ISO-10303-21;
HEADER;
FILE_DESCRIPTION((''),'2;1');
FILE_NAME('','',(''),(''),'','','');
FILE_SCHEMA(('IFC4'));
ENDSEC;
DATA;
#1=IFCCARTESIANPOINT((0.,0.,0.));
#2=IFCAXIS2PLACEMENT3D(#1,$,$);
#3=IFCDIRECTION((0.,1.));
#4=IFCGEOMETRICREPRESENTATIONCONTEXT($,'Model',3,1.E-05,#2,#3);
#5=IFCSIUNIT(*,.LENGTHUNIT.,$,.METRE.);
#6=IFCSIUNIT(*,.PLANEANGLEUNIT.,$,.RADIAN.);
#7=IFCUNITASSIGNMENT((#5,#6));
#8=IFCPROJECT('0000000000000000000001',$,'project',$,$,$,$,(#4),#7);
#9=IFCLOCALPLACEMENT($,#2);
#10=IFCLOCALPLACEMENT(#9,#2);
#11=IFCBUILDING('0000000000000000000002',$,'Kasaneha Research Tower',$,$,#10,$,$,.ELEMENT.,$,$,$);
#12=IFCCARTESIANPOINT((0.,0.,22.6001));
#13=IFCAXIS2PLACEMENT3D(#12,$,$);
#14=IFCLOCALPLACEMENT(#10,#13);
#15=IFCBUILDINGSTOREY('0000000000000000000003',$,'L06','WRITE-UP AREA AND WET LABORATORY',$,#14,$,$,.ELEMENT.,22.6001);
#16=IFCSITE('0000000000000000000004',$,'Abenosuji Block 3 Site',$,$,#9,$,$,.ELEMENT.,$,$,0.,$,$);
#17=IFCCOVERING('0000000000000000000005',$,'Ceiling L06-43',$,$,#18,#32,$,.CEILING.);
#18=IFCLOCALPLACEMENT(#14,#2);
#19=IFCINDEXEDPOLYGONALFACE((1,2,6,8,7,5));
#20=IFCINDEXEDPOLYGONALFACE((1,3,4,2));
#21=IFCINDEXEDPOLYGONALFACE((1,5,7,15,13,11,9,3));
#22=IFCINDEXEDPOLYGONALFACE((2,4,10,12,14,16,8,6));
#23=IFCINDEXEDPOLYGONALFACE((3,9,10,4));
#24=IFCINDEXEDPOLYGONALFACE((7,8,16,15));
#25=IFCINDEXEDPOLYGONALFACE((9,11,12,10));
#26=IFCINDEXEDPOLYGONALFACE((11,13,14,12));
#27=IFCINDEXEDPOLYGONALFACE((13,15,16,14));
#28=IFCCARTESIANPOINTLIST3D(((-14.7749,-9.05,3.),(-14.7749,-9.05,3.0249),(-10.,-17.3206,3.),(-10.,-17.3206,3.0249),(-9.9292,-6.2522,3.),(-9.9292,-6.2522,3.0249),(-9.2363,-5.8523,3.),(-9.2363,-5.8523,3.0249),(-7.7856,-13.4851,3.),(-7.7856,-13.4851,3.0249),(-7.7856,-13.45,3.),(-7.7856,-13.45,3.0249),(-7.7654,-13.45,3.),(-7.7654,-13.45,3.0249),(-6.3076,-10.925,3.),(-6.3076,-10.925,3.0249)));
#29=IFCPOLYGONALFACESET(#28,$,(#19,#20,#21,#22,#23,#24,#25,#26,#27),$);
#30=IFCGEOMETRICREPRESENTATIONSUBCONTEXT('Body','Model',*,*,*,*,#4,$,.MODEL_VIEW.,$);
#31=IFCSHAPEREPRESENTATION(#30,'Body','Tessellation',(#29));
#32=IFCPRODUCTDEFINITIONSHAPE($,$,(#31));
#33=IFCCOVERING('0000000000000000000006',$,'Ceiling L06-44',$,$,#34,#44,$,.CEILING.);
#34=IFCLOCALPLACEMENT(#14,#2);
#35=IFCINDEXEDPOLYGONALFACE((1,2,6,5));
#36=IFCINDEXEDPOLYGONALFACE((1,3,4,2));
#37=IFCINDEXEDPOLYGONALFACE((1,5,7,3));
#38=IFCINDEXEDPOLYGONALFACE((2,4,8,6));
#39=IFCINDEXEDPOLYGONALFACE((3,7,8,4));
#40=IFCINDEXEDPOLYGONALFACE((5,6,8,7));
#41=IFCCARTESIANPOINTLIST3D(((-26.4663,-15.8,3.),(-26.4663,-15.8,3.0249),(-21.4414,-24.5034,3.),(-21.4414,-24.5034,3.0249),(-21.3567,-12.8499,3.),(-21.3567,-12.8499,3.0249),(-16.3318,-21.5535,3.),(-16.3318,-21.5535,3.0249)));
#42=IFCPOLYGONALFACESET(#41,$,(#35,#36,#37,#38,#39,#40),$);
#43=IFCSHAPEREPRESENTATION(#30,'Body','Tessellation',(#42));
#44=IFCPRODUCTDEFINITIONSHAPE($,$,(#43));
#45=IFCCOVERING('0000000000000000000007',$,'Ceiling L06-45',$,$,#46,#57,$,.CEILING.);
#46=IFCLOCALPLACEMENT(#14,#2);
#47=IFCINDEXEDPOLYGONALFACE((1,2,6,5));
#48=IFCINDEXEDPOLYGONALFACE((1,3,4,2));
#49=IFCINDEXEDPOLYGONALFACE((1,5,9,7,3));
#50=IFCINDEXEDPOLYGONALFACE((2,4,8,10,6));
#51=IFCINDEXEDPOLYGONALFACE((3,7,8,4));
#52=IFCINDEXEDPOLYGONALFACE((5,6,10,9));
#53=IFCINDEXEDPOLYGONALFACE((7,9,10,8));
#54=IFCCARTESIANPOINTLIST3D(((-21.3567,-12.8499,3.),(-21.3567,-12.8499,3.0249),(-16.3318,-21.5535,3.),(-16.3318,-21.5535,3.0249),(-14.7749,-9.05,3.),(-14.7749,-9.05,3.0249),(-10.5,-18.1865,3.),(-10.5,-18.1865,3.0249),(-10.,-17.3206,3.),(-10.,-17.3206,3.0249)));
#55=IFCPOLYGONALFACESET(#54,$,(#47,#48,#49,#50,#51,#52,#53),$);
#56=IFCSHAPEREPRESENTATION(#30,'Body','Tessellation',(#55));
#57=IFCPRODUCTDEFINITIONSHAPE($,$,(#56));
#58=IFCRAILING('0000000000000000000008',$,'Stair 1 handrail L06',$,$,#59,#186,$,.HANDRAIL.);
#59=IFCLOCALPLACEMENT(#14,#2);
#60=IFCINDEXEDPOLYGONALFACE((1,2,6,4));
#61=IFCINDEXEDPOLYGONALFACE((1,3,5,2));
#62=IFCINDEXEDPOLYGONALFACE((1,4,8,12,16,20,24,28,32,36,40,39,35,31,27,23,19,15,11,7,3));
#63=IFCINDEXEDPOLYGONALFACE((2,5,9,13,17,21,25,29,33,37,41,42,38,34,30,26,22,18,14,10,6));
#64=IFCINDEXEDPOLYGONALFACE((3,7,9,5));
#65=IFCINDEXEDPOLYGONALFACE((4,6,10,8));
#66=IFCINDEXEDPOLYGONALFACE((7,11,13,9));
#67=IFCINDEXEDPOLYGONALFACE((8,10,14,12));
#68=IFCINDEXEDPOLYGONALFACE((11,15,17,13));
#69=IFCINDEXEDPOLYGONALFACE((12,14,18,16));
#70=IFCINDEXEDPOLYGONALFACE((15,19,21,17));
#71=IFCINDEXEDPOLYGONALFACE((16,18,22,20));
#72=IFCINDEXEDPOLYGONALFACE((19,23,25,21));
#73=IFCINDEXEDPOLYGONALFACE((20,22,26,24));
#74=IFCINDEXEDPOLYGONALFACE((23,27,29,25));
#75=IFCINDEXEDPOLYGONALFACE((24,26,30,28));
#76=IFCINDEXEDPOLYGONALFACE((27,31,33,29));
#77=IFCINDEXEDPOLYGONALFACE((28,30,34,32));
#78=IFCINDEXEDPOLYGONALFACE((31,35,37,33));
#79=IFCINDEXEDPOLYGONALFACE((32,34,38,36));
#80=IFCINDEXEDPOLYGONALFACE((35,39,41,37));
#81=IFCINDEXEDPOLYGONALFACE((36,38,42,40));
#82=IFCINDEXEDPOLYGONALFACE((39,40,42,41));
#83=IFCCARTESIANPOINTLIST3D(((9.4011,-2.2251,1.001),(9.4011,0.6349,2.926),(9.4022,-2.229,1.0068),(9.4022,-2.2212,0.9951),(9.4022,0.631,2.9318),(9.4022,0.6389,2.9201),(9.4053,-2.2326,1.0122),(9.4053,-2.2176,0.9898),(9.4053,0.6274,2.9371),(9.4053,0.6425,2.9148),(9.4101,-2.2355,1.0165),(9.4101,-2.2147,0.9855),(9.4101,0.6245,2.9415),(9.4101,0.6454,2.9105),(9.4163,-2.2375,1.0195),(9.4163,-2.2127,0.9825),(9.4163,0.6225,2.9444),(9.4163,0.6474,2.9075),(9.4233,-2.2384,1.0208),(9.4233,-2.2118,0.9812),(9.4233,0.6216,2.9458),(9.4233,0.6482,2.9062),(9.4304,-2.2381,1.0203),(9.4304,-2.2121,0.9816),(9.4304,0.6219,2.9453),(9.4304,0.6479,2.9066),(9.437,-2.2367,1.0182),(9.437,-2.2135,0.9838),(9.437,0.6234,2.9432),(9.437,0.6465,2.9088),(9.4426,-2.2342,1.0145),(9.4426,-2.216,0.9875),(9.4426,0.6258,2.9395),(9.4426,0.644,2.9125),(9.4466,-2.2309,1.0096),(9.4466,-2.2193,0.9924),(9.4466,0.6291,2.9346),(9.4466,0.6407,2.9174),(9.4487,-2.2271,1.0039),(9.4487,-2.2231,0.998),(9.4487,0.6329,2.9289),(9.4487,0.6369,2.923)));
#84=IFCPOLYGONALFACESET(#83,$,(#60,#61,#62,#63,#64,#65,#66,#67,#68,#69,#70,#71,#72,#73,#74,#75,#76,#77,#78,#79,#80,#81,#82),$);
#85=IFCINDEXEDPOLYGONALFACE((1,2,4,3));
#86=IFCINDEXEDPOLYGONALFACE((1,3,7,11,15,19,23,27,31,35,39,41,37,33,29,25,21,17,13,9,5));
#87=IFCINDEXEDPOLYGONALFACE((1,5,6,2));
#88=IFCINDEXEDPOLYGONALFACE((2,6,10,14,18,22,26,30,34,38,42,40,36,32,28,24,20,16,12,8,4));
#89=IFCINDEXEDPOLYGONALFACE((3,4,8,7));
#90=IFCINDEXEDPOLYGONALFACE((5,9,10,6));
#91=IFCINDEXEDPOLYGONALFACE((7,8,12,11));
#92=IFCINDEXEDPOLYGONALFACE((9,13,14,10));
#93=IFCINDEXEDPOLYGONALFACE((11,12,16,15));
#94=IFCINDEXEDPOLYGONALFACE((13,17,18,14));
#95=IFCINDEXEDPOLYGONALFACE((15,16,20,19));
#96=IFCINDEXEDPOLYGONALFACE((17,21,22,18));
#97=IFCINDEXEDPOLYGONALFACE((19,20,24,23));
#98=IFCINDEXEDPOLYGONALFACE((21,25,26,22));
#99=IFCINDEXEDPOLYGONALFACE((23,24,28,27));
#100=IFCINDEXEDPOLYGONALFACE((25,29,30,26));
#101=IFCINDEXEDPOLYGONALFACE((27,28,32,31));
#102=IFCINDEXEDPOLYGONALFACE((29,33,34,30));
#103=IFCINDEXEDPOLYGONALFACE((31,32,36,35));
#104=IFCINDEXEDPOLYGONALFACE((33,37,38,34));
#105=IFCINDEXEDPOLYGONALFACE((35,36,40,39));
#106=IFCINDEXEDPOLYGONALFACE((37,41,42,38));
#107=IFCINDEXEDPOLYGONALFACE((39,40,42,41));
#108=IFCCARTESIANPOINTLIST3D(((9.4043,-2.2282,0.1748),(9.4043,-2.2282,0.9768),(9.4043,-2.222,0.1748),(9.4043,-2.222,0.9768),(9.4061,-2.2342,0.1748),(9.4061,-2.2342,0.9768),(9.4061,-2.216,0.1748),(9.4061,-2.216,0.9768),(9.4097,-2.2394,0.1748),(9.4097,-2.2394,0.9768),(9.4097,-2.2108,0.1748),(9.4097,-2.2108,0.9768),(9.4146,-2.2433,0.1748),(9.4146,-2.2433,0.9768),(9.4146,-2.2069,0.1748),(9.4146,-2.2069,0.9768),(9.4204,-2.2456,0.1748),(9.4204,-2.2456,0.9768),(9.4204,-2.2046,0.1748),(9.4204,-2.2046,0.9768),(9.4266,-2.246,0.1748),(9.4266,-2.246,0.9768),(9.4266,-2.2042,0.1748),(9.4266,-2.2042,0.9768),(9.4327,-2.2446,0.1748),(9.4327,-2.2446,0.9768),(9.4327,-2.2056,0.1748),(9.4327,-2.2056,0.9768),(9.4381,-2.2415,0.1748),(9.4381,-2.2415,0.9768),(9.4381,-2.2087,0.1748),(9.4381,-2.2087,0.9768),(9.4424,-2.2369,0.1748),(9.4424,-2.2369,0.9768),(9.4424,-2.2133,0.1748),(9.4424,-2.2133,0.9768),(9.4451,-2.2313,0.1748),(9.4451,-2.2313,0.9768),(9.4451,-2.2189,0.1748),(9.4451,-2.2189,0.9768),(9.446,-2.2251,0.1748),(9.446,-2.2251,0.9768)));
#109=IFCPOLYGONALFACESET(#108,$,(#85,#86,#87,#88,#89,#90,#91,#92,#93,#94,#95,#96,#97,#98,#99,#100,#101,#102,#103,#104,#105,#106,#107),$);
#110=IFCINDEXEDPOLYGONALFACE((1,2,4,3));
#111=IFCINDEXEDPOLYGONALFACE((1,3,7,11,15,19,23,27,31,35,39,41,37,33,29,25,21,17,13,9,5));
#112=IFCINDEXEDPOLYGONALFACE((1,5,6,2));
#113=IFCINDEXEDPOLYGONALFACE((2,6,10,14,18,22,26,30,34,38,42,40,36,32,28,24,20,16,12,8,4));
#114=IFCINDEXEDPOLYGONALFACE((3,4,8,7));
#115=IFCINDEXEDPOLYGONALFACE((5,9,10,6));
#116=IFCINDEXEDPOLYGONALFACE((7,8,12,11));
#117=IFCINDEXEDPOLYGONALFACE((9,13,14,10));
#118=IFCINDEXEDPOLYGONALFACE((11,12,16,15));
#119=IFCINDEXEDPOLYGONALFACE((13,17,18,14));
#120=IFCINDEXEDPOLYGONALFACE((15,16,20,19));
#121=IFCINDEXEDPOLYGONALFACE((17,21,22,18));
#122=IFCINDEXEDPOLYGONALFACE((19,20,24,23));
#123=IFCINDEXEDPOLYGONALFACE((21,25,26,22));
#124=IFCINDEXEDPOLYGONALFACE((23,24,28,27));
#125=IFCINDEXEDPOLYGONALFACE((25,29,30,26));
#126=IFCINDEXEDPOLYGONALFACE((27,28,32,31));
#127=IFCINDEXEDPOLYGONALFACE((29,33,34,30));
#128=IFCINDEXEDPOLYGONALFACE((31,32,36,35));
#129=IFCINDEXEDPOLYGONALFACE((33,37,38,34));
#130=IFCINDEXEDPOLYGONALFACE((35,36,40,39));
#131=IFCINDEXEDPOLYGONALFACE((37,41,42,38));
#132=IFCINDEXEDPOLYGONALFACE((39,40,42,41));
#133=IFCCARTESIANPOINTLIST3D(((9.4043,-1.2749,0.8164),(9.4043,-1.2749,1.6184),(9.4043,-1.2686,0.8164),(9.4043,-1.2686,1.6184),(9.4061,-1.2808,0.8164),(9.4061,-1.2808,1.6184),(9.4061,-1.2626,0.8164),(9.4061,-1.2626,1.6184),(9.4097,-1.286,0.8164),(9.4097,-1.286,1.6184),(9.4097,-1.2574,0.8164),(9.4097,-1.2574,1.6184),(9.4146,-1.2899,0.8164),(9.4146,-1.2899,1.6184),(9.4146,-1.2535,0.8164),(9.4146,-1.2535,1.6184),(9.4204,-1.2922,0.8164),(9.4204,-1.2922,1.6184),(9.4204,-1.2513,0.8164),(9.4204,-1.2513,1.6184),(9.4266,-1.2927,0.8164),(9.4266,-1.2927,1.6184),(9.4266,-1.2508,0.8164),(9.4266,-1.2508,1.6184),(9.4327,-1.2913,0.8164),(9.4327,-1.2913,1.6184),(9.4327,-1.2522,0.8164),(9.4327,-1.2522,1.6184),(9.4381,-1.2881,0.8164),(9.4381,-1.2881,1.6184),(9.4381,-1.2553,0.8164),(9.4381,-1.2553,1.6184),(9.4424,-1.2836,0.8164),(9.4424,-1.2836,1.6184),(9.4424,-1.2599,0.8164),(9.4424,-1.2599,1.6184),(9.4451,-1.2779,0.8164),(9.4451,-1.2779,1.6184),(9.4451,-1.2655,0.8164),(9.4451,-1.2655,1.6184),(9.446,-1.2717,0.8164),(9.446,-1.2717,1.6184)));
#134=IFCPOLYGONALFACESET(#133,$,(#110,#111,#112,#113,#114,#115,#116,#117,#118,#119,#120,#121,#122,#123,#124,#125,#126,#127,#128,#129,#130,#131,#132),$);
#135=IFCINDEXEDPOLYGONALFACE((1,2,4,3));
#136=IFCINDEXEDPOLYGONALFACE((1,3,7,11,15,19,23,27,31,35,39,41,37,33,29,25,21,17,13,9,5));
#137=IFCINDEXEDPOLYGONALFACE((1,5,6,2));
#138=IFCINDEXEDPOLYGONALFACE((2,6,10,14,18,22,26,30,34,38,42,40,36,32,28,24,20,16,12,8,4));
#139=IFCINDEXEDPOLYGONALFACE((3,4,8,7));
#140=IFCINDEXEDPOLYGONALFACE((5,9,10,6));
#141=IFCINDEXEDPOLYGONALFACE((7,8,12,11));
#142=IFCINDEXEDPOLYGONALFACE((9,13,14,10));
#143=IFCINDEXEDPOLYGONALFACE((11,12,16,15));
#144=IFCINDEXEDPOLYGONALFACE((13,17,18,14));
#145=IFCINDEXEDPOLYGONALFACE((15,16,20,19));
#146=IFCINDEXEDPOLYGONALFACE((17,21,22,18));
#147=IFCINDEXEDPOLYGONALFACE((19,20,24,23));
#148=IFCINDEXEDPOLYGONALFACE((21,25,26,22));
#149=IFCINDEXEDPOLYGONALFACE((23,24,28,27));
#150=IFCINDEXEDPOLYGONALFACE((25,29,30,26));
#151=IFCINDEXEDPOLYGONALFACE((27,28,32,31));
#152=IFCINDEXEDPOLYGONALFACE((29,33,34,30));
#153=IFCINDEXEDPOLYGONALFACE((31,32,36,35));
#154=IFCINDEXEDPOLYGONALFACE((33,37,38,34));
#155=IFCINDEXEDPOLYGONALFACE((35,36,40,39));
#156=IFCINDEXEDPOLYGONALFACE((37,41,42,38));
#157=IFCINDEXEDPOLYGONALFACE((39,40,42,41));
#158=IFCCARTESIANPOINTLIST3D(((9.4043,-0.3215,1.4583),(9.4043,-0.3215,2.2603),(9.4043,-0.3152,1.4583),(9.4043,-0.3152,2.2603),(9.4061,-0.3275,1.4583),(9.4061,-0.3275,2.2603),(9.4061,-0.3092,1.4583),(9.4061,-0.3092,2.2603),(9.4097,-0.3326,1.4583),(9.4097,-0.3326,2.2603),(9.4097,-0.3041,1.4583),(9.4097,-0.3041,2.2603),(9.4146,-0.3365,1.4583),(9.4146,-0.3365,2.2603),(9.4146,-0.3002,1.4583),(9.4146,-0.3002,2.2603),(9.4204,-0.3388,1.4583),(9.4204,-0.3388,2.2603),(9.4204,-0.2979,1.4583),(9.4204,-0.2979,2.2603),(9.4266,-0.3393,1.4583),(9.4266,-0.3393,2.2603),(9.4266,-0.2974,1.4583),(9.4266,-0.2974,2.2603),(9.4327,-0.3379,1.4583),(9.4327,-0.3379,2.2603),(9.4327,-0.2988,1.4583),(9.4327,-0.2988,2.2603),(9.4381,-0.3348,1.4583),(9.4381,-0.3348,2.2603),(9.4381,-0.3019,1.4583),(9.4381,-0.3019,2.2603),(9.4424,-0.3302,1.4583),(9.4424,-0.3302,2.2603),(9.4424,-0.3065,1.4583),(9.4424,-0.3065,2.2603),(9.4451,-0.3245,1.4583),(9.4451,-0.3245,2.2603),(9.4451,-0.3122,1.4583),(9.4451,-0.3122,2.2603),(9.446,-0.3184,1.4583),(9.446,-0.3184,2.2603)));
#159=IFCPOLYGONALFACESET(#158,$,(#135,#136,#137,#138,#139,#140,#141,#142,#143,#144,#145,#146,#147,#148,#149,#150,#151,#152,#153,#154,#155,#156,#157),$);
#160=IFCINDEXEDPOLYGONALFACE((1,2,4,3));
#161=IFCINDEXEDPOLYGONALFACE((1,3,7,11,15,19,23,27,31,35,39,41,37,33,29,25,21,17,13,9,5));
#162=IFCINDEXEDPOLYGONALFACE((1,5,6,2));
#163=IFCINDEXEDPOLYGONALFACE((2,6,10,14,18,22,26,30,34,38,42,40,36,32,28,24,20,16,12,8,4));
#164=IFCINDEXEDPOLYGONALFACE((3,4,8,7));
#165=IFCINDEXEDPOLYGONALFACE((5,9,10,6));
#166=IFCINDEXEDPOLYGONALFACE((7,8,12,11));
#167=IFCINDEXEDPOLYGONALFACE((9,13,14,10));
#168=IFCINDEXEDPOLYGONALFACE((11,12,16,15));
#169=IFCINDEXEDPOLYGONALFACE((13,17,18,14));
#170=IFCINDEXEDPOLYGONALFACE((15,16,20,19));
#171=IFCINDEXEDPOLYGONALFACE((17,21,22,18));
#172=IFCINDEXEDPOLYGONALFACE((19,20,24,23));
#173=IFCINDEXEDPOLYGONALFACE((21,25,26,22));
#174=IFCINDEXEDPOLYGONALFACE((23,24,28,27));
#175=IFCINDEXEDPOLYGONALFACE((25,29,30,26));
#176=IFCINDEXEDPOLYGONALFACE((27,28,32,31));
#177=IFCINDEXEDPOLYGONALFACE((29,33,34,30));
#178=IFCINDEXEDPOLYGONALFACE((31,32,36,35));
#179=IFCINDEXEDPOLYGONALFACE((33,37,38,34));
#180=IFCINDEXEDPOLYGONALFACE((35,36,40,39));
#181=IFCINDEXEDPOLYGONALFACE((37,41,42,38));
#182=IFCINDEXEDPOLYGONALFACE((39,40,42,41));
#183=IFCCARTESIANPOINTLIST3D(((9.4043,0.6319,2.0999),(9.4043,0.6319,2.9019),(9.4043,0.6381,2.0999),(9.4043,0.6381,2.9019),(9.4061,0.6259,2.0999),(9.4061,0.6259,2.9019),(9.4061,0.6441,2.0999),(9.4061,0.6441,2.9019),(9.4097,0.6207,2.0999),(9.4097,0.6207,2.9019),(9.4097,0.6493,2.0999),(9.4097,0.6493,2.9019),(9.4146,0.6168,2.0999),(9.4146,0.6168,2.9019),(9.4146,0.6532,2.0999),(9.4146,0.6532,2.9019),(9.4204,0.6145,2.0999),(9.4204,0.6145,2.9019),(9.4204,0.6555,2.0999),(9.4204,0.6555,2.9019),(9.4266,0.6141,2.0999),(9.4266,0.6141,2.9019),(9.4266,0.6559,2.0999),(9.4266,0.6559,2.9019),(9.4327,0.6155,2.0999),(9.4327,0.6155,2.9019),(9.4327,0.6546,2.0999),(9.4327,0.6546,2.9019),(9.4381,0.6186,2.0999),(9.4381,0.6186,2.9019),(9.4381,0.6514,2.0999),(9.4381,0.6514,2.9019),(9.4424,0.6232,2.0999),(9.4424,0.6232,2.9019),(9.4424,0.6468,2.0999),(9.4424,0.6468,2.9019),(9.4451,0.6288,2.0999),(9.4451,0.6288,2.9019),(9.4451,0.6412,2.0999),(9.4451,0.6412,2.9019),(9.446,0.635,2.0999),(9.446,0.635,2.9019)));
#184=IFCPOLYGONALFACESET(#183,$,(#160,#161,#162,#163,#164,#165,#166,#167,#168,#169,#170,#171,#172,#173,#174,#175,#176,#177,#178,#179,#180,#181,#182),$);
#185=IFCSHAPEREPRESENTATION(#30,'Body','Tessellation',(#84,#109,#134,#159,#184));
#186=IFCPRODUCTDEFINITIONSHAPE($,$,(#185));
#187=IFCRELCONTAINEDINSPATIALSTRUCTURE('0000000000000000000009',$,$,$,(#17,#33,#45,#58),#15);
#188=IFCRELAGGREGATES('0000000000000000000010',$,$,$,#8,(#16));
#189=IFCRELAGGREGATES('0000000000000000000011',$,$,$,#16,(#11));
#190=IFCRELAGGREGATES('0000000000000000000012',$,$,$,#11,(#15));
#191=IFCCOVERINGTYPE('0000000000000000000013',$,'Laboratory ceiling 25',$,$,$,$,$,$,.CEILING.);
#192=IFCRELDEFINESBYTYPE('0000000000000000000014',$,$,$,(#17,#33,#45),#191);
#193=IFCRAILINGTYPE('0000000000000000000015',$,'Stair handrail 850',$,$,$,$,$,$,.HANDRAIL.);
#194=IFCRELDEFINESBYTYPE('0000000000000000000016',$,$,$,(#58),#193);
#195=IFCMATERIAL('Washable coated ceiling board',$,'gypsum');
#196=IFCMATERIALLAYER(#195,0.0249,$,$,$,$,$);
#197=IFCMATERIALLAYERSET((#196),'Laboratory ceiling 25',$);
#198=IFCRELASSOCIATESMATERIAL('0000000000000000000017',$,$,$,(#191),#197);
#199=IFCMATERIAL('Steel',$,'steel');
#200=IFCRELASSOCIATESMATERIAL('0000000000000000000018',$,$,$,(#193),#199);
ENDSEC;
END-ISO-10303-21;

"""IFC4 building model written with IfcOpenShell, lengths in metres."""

from ifc_helpers import new_model, si_unit, direction, frame, origin, origin_2d, place, context, subcontext, project, spatial, polyline, circle, outline, extrude, material, layer, layer_set, type_object, element, save


model = new_model("IFC4")

# Units and contexts
model_context = context("Model", 3, precision=1e-05, world=origin(), true_north=direction((0.0, 1.0)))
body_context = subcontext(model_context, "Body", "Model", "MODEL_VIEW")
ifc_project = project(units=[si_unit("LENGTHUNIT", "METRE"), si_unit("PLANEANGLEUNIT", "RADIAN")], contexts=[model_context])

# Site, building, storey
site_placement = place(None, origin())
site = spatial("IfcSite", under=ifc_project, at=site_placement, Name="Abenosuji Block 3 Site", CompositionType="ELEMENT", RefElevation=0.0)
building_placement = place(site_placement, origin())
building = spatial("IfcBuilding", under=site, at=building_placement, Name="Kasaneha Research Tower", CompositionType="ELEMENT")
storey_placement = place(building_placement, frame((0.0, 0.0, 22.6001)))
storey = spatial("IfcBuildingStorey", under=building, at=storey_placement, Name="L06", Description="WRITE-UP AREA AND WET LABORATORY", CompositionType="ELEMENT", Elevation=22.6001)

# Coverings
ifc_material_1 = material(Name="Washable coated ceiling board", Category="gypsum")
ifc_layer_1 = layer(ifc_material_1, 0.0249)
ifc_layer_set_1 = layer_set([ifc_layer_1], Name="Laboratory ceiling 25")
covering_type = type_object("IfcCoveringType", Name="Laboratory ceiling 25", PredefinedType="CEILING", material=ifc_layer_set_1)
covering_1_placement = place(storey_placement, frame((0.0, 0.0, 3.0)))
element("IfcCovering", 1, at=covering_1_placement, inside=storey, type_object=covering_type, Name="Ceiling L06-43", PredefinedType="CEILING", context=body_context, shape_type="SweptSolid", body=[
    extrude(outline(polyline([(-9.2363, -5.8523), (-6.3076, -10.925), (-7.7654, -13.45), (-7.7856, -13.45), (-7.7856, -13.4851), (-10.0, -17.3206), (-14.7749, -9.05), (-9.9292, -6.2522), (-9.9292, -6.2522), (-9.2363, -5.8523)])), origin(), (0.0, 0.0, 1.0), 0.0249),
])
covering_2_placement = place(storey_placement, frame((0.0, 0.0, 3.0)))
element("IfcCovering", 2, at=covering_2_placement, inside=storey, type_object=covering_type, Name="Ceiling L06-44", PredefinedType="CEILING", context=body_context, shape_type="SweptSolid", body=[
    extrude(outline(polyline([(-21.4414, -24.5034), (-26.4663, -15.8), (-21.3567, -12.8499), (-16.3318, -21.5535), (-21.4414, -24.5034)])), origin(), (0.0, 0.0, 1.0), 0.0249),
])
covering_3_placement = place(storey_placement, frame((0.0, 0.0, 3.0)))
element("IfcCovering", 3, at=covering_3_placement, inside=storey, type_object=covering_type, Name="Ceiling L06-45", PredefinedType="CEILING", context=body_context, shape_type="SweptSolid", body=[
    extrude(outline(polyline([(-10.5, -18.1865), (-16.3318, -21.5535), (-21.3567, -12.8499), (-14.7749, -9.05), (-10.0, -17.3206), (-10.5, -18.1865)])), origin(), (0.0, 0.0, 1.0), 0.0249),
])

# Railing
ifc_material_2 = material(Name="Steel", Category="steel")
railing_type = type_object("IfcRailingType", Name="Stair handrail 850", PredefinedType="HANDRAIL", material=ifc_material_2)
railing_placement = place(storey_placement, frame((9.425, -2.2251, 0.1748)))
element("IfcRailing", 4, at=railing_placement, inside=storey, type_object=railing_type, Name="Stair 1 handrail L06", PredefinedType="HANDRAIL", context=body_context, shape_type="SweptSolid", body=[
    extrude(circle(Radius=0.0239, at=origin_2d()), frame((0.0, 0.0, 0.8262), z_axis=(0.0, 0.829591, 0.558372), x_axis=(-1.0, 0.0, 0.0)), (0.0, 0.0, 1.0), 3.4475),
    extrude(circle(Radius=0.021, at=origin_2d()), origin(), (0.0, 0.0, 1.0), 0.802),
    extrude(circle(Radius=0.021, at=origin_2d()), frame((0.0, 0.9534, 0.6416)), (0.0, 0.0, 1.0), 0.802),
    extrude(circle(Radius=0.021, at=origin_2d()), frame((0.0, 1.9067, 1.2834)), (0.0, 0.0, 1.0), 0.802),
    extrude(circle(Radius=0.021, at=origin_2d()), frame((0.0, 2.8601, 1.925)), (0.0, 0.0, 1.0), 0.802),
])

save(model, "model.ifc")
